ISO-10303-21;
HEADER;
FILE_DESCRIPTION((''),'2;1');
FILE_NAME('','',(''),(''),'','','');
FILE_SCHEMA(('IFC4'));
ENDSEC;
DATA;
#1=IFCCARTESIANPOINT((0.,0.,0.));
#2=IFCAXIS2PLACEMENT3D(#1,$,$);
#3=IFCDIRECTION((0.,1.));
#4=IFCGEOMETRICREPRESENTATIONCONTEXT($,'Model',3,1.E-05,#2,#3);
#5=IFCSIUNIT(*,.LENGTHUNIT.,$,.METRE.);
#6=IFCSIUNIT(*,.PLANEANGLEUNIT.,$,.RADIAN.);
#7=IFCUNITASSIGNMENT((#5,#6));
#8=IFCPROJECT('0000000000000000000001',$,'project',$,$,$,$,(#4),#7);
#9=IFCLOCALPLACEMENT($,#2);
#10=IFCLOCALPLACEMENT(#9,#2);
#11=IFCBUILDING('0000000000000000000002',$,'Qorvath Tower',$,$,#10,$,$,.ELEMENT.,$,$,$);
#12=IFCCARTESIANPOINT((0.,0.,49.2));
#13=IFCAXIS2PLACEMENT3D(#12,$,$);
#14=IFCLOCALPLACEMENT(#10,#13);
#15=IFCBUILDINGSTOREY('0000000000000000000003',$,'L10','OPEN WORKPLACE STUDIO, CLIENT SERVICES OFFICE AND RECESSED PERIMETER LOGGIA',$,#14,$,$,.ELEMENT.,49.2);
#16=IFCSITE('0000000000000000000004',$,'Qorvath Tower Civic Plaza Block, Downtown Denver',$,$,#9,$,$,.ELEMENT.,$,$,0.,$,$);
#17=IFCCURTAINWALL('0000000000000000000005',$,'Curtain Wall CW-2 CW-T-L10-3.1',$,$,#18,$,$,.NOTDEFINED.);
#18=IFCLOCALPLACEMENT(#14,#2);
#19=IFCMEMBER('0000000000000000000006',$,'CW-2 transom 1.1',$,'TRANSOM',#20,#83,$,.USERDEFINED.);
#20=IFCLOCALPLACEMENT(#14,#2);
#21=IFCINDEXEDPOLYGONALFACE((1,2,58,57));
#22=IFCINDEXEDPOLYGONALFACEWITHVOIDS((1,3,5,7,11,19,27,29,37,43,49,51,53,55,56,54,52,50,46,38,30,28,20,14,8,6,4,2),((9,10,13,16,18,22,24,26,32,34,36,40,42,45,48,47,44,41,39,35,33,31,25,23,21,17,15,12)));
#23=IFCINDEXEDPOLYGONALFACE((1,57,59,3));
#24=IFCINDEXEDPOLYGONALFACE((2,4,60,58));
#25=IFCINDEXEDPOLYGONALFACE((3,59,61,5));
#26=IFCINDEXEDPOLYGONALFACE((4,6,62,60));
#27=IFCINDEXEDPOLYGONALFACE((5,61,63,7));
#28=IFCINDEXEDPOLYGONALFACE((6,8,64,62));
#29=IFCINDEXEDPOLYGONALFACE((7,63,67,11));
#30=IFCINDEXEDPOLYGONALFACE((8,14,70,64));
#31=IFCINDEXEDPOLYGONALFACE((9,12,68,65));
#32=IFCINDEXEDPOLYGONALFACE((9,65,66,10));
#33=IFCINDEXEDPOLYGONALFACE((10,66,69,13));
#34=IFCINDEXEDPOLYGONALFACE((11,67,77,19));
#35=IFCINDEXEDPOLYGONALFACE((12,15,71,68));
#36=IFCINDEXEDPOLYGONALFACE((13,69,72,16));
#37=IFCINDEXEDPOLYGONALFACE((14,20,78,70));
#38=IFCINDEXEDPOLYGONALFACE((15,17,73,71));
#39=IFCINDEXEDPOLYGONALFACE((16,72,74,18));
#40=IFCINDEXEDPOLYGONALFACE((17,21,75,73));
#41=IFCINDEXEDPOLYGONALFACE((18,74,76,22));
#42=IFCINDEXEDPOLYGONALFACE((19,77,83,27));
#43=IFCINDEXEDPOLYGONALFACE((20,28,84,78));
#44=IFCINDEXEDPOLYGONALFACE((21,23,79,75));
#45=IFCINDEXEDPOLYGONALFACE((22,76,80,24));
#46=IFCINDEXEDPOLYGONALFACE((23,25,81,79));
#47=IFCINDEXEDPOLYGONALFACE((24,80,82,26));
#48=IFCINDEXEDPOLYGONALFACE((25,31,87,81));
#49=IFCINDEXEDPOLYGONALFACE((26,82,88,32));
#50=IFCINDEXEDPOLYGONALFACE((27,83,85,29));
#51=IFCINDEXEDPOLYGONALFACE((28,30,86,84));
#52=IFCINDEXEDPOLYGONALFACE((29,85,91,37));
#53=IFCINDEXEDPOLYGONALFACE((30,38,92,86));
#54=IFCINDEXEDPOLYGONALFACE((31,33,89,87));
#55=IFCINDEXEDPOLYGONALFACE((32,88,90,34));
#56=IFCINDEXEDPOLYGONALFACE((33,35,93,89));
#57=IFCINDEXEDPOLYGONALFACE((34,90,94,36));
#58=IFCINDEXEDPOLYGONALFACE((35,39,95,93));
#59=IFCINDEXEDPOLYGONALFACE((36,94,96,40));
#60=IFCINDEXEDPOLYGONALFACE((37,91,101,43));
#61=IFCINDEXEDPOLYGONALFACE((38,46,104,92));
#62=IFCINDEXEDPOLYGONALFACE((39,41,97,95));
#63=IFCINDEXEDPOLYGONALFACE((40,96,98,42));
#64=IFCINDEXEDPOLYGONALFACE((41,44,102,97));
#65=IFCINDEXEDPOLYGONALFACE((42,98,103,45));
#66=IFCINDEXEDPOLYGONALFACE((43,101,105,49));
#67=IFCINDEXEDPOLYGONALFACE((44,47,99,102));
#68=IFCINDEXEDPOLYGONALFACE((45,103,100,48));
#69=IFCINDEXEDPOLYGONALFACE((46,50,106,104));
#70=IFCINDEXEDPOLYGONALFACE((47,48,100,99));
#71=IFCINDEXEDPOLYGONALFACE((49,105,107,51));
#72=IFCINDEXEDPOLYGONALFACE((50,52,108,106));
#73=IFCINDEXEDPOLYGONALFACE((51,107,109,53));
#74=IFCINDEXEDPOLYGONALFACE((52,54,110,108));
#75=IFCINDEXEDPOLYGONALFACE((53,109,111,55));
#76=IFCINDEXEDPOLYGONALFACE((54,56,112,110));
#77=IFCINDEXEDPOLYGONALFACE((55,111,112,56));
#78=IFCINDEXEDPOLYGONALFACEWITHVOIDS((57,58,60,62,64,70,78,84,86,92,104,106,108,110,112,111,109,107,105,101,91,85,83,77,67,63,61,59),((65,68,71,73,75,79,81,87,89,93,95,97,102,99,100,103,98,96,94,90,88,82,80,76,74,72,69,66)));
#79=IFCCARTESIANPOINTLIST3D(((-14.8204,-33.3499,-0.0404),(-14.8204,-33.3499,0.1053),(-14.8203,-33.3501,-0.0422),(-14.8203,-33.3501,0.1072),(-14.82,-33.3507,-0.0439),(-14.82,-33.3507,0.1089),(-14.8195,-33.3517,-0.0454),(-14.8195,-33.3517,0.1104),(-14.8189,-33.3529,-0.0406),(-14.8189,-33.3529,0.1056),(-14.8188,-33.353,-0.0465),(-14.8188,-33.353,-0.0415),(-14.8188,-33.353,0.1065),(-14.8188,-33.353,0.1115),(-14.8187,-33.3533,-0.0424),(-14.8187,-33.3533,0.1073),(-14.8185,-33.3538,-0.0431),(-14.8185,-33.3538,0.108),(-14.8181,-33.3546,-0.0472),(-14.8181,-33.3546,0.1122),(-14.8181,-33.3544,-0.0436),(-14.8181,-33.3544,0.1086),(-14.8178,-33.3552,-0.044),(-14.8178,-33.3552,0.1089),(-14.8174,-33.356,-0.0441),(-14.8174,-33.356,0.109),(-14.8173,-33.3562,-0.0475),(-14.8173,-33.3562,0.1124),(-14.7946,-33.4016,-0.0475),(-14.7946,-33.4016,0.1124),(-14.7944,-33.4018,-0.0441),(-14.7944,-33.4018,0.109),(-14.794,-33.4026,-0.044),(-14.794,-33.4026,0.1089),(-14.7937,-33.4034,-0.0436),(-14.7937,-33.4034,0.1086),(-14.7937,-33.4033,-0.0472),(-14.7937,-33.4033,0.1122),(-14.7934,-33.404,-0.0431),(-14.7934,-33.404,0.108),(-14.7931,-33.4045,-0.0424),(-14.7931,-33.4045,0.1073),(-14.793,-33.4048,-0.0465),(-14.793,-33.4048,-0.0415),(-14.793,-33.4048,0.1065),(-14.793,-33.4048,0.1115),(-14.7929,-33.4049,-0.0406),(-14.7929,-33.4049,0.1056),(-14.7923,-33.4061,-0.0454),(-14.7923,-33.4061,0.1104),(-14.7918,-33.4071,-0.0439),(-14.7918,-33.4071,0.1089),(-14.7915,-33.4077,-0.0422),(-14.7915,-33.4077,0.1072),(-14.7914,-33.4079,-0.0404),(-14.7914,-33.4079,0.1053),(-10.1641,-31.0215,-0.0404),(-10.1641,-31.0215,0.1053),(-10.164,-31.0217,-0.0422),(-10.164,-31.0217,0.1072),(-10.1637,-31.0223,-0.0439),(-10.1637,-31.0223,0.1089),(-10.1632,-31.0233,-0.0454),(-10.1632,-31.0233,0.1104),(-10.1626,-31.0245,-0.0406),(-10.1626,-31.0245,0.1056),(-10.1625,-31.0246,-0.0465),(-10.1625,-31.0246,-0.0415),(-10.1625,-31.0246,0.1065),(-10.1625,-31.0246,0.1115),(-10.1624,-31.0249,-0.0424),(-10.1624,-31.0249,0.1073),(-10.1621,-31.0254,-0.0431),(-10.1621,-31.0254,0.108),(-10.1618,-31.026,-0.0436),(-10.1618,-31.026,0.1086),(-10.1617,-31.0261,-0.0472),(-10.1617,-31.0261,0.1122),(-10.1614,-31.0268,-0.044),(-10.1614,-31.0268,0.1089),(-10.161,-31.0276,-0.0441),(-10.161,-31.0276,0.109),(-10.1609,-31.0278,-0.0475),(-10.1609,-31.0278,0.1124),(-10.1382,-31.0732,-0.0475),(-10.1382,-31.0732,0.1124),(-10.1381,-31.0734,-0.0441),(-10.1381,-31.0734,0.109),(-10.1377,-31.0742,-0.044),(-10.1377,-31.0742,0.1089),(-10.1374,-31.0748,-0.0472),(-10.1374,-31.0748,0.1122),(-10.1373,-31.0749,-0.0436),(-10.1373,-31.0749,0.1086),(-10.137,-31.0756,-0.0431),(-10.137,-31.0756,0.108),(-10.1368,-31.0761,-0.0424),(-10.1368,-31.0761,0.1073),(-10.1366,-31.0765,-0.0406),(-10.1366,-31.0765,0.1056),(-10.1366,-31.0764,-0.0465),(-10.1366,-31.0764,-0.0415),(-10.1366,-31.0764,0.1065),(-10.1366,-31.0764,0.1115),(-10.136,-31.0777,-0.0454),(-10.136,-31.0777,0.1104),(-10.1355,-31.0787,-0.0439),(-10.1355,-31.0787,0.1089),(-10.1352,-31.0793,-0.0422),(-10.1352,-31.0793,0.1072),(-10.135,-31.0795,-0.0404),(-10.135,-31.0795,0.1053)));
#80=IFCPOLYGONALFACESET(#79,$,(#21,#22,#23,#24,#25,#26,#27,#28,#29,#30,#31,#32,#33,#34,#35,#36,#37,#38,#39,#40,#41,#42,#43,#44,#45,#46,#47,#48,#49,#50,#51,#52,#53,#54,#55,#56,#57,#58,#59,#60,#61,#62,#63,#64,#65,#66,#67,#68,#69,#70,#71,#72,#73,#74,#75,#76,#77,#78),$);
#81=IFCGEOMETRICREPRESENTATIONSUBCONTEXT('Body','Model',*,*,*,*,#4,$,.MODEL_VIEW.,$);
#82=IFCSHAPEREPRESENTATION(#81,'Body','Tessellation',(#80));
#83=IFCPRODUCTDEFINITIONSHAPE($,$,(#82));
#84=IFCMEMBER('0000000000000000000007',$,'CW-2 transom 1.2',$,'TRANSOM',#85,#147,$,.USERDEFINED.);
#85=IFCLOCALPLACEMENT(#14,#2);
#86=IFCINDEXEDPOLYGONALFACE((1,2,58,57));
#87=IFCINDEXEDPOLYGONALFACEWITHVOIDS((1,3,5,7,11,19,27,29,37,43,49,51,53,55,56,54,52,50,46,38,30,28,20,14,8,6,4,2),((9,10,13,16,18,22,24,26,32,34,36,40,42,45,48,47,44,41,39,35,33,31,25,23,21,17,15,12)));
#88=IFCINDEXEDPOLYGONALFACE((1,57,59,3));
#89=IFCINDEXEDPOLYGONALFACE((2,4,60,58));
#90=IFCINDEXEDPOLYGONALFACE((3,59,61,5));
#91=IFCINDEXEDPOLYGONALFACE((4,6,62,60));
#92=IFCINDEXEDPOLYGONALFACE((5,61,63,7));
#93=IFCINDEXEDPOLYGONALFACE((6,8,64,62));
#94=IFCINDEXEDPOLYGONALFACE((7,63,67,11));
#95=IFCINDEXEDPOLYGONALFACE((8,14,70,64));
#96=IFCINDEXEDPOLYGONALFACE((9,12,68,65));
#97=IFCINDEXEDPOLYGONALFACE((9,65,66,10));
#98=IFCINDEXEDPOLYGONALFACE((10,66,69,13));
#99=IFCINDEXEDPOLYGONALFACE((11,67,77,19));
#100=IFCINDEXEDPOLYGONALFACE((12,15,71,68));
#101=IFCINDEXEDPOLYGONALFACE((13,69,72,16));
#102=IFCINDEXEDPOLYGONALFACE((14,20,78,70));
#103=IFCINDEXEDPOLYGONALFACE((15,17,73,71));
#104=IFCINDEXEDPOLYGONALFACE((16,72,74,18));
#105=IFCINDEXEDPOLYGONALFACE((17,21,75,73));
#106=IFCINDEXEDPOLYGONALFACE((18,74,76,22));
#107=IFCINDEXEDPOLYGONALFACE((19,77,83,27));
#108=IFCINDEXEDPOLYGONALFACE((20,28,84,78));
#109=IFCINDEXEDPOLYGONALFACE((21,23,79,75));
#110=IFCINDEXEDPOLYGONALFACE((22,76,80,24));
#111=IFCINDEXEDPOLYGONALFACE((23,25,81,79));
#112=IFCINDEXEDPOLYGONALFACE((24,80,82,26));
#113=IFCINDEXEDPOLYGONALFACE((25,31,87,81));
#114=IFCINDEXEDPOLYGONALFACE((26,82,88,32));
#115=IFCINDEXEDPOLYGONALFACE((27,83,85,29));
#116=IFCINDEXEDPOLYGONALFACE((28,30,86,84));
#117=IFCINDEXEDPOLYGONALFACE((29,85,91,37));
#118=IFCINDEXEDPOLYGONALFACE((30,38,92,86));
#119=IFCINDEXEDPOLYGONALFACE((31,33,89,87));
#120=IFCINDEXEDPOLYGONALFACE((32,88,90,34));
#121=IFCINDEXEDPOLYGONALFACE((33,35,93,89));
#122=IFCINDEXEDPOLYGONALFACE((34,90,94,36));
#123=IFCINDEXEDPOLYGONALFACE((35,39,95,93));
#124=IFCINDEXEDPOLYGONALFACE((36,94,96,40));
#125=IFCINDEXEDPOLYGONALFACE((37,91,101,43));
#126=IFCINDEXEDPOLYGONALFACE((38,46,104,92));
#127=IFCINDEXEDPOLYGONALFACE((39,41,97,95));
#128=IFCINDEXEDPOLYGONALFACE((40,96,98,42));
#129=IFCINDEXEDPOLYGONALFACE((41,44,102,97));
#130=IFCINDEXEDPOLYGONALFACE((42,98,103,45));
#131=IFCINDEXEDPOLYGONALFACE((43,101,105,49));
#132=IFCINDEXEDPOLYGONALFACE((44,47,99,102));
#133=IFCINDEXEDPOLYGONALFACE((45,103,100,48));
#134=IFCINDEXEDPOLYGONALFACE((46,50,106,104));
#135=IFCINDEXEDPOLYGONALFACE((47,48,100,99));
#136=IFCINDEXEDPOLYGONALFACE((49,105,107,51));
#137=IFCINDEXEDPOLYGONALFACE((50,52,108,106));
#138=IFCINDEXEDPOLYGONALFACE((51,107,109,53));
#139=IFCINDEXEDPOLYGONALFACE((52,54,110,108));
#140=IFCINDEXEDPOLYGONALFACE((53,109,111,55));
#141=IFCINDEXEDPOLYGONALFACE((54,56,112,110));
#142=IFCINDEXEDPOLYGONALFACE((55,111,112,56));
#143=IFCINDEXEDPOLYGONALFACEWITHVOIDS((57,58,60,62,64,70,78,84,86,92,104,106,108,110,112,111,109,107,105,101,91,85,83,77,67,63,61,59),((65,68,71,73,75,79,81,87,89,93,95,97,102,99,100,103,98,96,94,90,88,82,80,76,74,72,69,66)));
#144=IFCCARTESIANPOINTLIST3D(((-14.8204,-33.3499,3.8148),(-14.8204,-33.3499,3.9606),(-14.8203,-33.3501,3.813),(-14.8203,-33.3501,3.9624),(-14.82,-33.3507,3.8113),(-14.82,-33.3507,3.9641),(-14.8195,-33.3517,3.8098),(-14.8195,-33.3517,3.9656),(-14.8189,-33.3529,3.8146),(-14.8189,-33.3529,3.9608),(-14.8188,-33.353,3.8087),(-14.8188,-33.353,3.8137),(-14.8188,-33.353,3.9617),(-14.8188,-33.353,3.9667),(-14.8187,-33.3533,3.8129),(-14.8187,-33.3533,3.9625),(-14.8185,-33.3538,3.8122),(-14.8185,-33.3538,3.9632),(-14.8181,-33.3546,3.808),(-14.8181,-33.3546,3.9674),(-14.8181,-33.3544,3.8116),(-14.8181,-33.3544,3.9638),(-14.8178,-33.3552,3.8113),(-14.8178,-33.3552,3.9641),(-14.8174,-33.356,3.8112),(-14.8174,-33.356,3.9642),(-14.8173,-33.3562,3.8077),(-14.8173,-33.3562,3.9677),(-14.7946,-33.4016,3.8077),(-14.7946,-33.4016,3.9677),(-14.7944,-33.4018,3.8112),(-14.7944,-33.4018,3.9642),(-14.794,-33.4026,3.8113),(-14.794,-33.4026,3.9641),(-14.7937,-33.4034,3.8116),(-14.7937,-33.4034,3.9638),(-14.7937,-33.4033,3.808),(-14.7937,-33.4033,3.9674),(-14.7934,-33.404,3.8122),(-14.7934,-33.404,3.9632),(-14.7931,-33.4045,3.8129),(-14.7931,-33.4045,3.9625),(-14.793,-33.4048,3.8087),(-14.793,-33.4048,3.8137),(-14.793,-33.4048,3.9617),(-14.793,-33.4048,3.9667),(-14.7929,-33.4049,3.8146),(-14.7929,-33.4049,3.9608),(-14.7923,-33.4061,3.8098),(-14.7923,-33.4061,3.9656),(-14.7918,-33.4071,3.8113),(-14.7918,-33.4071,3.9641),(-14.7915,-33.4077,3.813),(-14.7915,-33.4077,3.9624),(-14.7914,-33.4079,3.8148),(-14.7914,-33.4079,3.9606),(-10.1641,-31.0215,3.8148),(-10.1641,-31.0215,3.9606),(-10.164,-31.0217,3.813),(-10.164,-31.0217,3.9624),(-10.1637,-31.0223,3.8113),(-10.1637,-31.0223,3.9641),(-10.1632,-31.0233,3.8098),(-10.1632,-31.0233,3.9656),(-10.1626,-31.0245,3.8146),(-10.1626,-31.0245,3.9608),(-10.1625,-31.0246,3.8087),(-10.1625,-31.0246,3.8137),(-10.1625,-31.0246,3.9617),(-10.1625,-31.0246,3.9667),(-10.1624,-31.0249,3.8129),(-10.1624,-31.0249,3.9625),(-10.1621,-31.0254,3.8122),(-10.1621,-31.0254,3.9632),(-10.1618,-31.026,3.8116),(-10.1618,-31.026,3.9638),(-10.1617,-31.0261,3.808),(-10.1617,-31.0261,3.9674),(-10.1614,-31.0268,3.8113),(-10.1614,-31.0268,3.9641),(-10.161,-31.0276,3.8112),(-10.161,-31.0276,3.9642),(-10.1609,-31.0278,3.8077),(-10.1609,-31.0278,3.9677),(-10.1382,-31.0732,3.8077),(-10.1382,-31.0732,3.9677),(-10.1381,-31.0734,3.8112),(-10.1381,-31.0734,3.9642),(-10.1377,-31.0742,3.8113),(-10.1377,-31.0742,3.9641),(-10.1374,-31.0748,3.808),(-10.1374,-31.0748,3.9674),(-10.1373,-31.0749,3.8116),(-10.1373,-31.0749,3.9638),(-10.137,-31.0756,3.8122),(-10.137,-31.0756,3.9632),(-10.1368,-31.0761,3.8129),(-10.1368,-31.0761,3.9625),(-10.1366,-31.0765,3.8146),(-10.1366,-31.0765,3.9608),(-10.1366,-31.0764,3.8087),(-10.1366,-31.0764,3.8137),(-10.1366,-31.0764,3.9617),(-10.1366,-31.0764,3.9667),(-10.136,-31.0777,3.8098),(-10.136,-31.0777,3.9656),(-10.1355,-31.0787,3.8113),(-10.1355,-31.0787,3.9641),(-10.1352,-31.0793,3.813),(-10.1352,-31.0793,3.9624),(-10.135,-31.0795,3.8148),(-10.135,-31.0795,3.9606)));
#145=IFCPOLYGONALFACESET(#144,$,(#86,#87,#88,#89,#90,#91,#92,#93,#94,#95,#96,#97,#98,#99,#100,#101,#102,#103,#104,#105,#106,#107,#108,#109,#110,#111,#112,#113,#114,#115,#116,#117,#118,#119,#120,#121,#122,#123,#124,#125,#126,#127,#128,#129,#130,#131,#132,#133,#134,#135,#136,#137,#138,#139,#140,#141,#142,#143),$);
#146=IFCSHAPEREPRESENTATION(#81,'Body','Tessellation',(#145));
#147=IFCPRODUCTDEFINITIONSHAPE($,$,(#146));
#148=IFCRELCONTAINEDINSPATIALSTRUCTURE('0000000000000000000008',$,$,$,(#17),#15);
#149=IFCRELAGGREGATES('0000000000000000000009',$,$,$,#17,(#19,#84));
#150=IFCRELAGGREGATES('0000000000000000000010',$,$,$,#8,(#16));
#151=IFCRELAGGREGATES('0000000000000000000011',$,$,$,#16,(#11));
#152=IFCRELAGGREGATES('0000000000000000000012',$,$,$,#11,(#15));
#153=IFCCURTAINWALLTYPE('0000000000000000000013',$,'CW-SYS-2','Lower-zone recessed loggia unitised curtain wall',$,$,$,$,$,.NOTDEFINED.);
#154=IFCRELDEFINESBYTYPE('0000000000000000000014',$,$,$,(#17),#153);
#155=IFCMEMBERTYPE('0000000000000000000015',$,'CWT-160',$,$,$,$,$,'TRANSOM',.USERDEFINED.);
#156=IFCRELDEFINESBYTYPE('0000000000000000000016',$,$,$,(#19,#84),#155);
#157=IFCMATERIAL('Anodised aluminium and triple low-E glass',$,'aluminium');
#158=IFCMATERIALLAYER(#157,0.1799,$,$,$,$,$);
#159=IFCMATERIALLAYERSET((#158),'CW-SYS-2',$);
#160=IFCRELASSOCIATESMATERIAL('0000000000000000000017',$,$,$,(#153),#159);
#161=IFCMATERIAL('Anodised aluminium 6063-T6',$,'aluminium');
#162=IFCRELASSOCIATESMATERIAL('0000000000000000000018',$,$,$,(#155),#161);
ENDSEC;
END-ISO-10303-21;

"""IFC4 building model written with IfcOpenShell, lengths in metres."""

from ifc_helpers import new_model, si_unit, direction, frame, origin, origin_2d, place, context, subcontext, project, spatial, hollow_rectangle, extrude, material, layer, layer_set, material_profile, profile_set, type_object, element, aggregate, save


model = new_model("IFC4")

# Units and contexts
model_context = context("Model", 3, precision=1e-05, world=origin(), true_north=direction((0.0, 1.0)))
body_context = subcontext(model_context, "Body", "Model", "MODEL_VIEW")
ifc_project = project(units=[si_unit("LENGTHUNIT", "METRE"), si_unit("PLANEANGLEUNIT", "RADIAN")], contexts=[model_context])

# Site, building, storey
site_placement = place(None, origin())
site = spatial("IfcSite", under=ifc_project, at=site_placement, Name="Qorvath Tower Civic Plaza Block, Downtown Denver", CompositionType="ELEMENT", RefElevation=0.0)
building_placement = place(site_placement, origin())
building = spatial("IfcBuilding", under=site, at=building_placement, Name="Qorvath Tower", CompositionType="ELEMENT")
storey_placement = place(building_placement, frame((0.0, 0.0, 49.2)))
storey = spatial("IfcBuildingStorey", under=building, at=storey_placement, Name="L10", Description="OPEN WORKPLACE STUDIO, CLIENT SERVICES OFFICE AND RECESSED PERIMETER LOGGIA", CompositionType="ELEMENT", Elevation=49.2)

# Curtain wall
ifc_material_1 = material(Name="Anodised aluminium and triple low-E glass", Category="aluminium")
ifc_layer_1 = layer(ifc_material_1, 0.1799)
ifc_layer_set_1 = layer_set([ifc_layer_1], Name="CW-SYS-2")
curtain_wall_type = type_object("IfcCurtainWallType", Name="CW-SYS-2", Description="Lower-zone recessed loggia unitised curtain wall", PredefinedType="NOTDEFINED", material=ifc_layer_set_1)
curtain_wall_1_placement = place(storey_placement, origin())
curtain_wall_1 = element("IfcCurtainWall", 1, at=curtain_wall_1_placement, inside=storey, type_object=curtain_wall_type, Name="Curtain Wall CW-2 CW-T-L10-3.1", PredefinedType="NOTDEFINED")

# Members
ifc_material_2 = material(Name="Anodised aluminium 6063-T6", Category="aluminium")
ifc_material_profile_1 = material_profile(ifc_material_2, hollow_rectangle(XDim=0.0649, YDim=0.1599, WallThickness=0.0034, InnerFilletRadius=0.0034, OuterFilletRadius=0.0071, at=origin_2d()), Name="CWT 160x65")
ifc_profile_set_1 = profile_set([ifc_material_profile_1], Name="Anodised aluminium 6063-T6")
member_type_1 = type_object("IfcMemberType", Name="CWT-160", ElementType="TRANSOM", PredefinedType="USERDEFINED", material=ifc_profile_set_1)
member_1_placement = place(storey_placement, frame((-14.8059, -33.3789, 0.0325), z_axis=(0.894408, 0.447251, 0.0), x_axis=(-0.447251, 0.894408, 0.0)))
member_1 = element("IfcMember", 2, at=member_1_placement, type_object=member_type_1, Name="CW-2 transom 1.1", ObjectType="TRANSOM", PredefinedType="USERDEFINED", context=body_context, shape_type="SweptSolid", body=[
    extrude(hollow_rectangle(XDim=0.0649, YDim=0.1599, WallThickness=0.0034, InnerFilletRadius=0.0034, OuterFilletRadius=0.0071, at=origin_2d()), origin(), (0.0, 0.0, 1.0), 5.2061),
])
member_2_placement = place(storey_placement, frame((-14.8059, -33.3789, 3.8877), z_axis=(0.894408, 0.447251, 0.0), x_axis=(-0.447251, 0.894408, 0.0)))
member_2 = element("IfcMember", 3, at=member_2_placement, type_object=member_type_1, Name="CW-2 transom 1.2", ObjectType="TRANSOM", PredefinedType="USERDEFINED", context=body_context, shape_type="SweptSolid", body=[
    extrude(hollow_rectangle(XDim=0.0649, YDim=0.1599, WallThickness=0.0034, InnerFilletRadius=0.0034, OuterFilletRadius=0.0071, at=origin_2d()), origin(), (0.0, 0.0, 1.0), 5.2061),
])

aggregate(curtain_wall_1, [member_1, member_2])

save(model, "model.ifc")
